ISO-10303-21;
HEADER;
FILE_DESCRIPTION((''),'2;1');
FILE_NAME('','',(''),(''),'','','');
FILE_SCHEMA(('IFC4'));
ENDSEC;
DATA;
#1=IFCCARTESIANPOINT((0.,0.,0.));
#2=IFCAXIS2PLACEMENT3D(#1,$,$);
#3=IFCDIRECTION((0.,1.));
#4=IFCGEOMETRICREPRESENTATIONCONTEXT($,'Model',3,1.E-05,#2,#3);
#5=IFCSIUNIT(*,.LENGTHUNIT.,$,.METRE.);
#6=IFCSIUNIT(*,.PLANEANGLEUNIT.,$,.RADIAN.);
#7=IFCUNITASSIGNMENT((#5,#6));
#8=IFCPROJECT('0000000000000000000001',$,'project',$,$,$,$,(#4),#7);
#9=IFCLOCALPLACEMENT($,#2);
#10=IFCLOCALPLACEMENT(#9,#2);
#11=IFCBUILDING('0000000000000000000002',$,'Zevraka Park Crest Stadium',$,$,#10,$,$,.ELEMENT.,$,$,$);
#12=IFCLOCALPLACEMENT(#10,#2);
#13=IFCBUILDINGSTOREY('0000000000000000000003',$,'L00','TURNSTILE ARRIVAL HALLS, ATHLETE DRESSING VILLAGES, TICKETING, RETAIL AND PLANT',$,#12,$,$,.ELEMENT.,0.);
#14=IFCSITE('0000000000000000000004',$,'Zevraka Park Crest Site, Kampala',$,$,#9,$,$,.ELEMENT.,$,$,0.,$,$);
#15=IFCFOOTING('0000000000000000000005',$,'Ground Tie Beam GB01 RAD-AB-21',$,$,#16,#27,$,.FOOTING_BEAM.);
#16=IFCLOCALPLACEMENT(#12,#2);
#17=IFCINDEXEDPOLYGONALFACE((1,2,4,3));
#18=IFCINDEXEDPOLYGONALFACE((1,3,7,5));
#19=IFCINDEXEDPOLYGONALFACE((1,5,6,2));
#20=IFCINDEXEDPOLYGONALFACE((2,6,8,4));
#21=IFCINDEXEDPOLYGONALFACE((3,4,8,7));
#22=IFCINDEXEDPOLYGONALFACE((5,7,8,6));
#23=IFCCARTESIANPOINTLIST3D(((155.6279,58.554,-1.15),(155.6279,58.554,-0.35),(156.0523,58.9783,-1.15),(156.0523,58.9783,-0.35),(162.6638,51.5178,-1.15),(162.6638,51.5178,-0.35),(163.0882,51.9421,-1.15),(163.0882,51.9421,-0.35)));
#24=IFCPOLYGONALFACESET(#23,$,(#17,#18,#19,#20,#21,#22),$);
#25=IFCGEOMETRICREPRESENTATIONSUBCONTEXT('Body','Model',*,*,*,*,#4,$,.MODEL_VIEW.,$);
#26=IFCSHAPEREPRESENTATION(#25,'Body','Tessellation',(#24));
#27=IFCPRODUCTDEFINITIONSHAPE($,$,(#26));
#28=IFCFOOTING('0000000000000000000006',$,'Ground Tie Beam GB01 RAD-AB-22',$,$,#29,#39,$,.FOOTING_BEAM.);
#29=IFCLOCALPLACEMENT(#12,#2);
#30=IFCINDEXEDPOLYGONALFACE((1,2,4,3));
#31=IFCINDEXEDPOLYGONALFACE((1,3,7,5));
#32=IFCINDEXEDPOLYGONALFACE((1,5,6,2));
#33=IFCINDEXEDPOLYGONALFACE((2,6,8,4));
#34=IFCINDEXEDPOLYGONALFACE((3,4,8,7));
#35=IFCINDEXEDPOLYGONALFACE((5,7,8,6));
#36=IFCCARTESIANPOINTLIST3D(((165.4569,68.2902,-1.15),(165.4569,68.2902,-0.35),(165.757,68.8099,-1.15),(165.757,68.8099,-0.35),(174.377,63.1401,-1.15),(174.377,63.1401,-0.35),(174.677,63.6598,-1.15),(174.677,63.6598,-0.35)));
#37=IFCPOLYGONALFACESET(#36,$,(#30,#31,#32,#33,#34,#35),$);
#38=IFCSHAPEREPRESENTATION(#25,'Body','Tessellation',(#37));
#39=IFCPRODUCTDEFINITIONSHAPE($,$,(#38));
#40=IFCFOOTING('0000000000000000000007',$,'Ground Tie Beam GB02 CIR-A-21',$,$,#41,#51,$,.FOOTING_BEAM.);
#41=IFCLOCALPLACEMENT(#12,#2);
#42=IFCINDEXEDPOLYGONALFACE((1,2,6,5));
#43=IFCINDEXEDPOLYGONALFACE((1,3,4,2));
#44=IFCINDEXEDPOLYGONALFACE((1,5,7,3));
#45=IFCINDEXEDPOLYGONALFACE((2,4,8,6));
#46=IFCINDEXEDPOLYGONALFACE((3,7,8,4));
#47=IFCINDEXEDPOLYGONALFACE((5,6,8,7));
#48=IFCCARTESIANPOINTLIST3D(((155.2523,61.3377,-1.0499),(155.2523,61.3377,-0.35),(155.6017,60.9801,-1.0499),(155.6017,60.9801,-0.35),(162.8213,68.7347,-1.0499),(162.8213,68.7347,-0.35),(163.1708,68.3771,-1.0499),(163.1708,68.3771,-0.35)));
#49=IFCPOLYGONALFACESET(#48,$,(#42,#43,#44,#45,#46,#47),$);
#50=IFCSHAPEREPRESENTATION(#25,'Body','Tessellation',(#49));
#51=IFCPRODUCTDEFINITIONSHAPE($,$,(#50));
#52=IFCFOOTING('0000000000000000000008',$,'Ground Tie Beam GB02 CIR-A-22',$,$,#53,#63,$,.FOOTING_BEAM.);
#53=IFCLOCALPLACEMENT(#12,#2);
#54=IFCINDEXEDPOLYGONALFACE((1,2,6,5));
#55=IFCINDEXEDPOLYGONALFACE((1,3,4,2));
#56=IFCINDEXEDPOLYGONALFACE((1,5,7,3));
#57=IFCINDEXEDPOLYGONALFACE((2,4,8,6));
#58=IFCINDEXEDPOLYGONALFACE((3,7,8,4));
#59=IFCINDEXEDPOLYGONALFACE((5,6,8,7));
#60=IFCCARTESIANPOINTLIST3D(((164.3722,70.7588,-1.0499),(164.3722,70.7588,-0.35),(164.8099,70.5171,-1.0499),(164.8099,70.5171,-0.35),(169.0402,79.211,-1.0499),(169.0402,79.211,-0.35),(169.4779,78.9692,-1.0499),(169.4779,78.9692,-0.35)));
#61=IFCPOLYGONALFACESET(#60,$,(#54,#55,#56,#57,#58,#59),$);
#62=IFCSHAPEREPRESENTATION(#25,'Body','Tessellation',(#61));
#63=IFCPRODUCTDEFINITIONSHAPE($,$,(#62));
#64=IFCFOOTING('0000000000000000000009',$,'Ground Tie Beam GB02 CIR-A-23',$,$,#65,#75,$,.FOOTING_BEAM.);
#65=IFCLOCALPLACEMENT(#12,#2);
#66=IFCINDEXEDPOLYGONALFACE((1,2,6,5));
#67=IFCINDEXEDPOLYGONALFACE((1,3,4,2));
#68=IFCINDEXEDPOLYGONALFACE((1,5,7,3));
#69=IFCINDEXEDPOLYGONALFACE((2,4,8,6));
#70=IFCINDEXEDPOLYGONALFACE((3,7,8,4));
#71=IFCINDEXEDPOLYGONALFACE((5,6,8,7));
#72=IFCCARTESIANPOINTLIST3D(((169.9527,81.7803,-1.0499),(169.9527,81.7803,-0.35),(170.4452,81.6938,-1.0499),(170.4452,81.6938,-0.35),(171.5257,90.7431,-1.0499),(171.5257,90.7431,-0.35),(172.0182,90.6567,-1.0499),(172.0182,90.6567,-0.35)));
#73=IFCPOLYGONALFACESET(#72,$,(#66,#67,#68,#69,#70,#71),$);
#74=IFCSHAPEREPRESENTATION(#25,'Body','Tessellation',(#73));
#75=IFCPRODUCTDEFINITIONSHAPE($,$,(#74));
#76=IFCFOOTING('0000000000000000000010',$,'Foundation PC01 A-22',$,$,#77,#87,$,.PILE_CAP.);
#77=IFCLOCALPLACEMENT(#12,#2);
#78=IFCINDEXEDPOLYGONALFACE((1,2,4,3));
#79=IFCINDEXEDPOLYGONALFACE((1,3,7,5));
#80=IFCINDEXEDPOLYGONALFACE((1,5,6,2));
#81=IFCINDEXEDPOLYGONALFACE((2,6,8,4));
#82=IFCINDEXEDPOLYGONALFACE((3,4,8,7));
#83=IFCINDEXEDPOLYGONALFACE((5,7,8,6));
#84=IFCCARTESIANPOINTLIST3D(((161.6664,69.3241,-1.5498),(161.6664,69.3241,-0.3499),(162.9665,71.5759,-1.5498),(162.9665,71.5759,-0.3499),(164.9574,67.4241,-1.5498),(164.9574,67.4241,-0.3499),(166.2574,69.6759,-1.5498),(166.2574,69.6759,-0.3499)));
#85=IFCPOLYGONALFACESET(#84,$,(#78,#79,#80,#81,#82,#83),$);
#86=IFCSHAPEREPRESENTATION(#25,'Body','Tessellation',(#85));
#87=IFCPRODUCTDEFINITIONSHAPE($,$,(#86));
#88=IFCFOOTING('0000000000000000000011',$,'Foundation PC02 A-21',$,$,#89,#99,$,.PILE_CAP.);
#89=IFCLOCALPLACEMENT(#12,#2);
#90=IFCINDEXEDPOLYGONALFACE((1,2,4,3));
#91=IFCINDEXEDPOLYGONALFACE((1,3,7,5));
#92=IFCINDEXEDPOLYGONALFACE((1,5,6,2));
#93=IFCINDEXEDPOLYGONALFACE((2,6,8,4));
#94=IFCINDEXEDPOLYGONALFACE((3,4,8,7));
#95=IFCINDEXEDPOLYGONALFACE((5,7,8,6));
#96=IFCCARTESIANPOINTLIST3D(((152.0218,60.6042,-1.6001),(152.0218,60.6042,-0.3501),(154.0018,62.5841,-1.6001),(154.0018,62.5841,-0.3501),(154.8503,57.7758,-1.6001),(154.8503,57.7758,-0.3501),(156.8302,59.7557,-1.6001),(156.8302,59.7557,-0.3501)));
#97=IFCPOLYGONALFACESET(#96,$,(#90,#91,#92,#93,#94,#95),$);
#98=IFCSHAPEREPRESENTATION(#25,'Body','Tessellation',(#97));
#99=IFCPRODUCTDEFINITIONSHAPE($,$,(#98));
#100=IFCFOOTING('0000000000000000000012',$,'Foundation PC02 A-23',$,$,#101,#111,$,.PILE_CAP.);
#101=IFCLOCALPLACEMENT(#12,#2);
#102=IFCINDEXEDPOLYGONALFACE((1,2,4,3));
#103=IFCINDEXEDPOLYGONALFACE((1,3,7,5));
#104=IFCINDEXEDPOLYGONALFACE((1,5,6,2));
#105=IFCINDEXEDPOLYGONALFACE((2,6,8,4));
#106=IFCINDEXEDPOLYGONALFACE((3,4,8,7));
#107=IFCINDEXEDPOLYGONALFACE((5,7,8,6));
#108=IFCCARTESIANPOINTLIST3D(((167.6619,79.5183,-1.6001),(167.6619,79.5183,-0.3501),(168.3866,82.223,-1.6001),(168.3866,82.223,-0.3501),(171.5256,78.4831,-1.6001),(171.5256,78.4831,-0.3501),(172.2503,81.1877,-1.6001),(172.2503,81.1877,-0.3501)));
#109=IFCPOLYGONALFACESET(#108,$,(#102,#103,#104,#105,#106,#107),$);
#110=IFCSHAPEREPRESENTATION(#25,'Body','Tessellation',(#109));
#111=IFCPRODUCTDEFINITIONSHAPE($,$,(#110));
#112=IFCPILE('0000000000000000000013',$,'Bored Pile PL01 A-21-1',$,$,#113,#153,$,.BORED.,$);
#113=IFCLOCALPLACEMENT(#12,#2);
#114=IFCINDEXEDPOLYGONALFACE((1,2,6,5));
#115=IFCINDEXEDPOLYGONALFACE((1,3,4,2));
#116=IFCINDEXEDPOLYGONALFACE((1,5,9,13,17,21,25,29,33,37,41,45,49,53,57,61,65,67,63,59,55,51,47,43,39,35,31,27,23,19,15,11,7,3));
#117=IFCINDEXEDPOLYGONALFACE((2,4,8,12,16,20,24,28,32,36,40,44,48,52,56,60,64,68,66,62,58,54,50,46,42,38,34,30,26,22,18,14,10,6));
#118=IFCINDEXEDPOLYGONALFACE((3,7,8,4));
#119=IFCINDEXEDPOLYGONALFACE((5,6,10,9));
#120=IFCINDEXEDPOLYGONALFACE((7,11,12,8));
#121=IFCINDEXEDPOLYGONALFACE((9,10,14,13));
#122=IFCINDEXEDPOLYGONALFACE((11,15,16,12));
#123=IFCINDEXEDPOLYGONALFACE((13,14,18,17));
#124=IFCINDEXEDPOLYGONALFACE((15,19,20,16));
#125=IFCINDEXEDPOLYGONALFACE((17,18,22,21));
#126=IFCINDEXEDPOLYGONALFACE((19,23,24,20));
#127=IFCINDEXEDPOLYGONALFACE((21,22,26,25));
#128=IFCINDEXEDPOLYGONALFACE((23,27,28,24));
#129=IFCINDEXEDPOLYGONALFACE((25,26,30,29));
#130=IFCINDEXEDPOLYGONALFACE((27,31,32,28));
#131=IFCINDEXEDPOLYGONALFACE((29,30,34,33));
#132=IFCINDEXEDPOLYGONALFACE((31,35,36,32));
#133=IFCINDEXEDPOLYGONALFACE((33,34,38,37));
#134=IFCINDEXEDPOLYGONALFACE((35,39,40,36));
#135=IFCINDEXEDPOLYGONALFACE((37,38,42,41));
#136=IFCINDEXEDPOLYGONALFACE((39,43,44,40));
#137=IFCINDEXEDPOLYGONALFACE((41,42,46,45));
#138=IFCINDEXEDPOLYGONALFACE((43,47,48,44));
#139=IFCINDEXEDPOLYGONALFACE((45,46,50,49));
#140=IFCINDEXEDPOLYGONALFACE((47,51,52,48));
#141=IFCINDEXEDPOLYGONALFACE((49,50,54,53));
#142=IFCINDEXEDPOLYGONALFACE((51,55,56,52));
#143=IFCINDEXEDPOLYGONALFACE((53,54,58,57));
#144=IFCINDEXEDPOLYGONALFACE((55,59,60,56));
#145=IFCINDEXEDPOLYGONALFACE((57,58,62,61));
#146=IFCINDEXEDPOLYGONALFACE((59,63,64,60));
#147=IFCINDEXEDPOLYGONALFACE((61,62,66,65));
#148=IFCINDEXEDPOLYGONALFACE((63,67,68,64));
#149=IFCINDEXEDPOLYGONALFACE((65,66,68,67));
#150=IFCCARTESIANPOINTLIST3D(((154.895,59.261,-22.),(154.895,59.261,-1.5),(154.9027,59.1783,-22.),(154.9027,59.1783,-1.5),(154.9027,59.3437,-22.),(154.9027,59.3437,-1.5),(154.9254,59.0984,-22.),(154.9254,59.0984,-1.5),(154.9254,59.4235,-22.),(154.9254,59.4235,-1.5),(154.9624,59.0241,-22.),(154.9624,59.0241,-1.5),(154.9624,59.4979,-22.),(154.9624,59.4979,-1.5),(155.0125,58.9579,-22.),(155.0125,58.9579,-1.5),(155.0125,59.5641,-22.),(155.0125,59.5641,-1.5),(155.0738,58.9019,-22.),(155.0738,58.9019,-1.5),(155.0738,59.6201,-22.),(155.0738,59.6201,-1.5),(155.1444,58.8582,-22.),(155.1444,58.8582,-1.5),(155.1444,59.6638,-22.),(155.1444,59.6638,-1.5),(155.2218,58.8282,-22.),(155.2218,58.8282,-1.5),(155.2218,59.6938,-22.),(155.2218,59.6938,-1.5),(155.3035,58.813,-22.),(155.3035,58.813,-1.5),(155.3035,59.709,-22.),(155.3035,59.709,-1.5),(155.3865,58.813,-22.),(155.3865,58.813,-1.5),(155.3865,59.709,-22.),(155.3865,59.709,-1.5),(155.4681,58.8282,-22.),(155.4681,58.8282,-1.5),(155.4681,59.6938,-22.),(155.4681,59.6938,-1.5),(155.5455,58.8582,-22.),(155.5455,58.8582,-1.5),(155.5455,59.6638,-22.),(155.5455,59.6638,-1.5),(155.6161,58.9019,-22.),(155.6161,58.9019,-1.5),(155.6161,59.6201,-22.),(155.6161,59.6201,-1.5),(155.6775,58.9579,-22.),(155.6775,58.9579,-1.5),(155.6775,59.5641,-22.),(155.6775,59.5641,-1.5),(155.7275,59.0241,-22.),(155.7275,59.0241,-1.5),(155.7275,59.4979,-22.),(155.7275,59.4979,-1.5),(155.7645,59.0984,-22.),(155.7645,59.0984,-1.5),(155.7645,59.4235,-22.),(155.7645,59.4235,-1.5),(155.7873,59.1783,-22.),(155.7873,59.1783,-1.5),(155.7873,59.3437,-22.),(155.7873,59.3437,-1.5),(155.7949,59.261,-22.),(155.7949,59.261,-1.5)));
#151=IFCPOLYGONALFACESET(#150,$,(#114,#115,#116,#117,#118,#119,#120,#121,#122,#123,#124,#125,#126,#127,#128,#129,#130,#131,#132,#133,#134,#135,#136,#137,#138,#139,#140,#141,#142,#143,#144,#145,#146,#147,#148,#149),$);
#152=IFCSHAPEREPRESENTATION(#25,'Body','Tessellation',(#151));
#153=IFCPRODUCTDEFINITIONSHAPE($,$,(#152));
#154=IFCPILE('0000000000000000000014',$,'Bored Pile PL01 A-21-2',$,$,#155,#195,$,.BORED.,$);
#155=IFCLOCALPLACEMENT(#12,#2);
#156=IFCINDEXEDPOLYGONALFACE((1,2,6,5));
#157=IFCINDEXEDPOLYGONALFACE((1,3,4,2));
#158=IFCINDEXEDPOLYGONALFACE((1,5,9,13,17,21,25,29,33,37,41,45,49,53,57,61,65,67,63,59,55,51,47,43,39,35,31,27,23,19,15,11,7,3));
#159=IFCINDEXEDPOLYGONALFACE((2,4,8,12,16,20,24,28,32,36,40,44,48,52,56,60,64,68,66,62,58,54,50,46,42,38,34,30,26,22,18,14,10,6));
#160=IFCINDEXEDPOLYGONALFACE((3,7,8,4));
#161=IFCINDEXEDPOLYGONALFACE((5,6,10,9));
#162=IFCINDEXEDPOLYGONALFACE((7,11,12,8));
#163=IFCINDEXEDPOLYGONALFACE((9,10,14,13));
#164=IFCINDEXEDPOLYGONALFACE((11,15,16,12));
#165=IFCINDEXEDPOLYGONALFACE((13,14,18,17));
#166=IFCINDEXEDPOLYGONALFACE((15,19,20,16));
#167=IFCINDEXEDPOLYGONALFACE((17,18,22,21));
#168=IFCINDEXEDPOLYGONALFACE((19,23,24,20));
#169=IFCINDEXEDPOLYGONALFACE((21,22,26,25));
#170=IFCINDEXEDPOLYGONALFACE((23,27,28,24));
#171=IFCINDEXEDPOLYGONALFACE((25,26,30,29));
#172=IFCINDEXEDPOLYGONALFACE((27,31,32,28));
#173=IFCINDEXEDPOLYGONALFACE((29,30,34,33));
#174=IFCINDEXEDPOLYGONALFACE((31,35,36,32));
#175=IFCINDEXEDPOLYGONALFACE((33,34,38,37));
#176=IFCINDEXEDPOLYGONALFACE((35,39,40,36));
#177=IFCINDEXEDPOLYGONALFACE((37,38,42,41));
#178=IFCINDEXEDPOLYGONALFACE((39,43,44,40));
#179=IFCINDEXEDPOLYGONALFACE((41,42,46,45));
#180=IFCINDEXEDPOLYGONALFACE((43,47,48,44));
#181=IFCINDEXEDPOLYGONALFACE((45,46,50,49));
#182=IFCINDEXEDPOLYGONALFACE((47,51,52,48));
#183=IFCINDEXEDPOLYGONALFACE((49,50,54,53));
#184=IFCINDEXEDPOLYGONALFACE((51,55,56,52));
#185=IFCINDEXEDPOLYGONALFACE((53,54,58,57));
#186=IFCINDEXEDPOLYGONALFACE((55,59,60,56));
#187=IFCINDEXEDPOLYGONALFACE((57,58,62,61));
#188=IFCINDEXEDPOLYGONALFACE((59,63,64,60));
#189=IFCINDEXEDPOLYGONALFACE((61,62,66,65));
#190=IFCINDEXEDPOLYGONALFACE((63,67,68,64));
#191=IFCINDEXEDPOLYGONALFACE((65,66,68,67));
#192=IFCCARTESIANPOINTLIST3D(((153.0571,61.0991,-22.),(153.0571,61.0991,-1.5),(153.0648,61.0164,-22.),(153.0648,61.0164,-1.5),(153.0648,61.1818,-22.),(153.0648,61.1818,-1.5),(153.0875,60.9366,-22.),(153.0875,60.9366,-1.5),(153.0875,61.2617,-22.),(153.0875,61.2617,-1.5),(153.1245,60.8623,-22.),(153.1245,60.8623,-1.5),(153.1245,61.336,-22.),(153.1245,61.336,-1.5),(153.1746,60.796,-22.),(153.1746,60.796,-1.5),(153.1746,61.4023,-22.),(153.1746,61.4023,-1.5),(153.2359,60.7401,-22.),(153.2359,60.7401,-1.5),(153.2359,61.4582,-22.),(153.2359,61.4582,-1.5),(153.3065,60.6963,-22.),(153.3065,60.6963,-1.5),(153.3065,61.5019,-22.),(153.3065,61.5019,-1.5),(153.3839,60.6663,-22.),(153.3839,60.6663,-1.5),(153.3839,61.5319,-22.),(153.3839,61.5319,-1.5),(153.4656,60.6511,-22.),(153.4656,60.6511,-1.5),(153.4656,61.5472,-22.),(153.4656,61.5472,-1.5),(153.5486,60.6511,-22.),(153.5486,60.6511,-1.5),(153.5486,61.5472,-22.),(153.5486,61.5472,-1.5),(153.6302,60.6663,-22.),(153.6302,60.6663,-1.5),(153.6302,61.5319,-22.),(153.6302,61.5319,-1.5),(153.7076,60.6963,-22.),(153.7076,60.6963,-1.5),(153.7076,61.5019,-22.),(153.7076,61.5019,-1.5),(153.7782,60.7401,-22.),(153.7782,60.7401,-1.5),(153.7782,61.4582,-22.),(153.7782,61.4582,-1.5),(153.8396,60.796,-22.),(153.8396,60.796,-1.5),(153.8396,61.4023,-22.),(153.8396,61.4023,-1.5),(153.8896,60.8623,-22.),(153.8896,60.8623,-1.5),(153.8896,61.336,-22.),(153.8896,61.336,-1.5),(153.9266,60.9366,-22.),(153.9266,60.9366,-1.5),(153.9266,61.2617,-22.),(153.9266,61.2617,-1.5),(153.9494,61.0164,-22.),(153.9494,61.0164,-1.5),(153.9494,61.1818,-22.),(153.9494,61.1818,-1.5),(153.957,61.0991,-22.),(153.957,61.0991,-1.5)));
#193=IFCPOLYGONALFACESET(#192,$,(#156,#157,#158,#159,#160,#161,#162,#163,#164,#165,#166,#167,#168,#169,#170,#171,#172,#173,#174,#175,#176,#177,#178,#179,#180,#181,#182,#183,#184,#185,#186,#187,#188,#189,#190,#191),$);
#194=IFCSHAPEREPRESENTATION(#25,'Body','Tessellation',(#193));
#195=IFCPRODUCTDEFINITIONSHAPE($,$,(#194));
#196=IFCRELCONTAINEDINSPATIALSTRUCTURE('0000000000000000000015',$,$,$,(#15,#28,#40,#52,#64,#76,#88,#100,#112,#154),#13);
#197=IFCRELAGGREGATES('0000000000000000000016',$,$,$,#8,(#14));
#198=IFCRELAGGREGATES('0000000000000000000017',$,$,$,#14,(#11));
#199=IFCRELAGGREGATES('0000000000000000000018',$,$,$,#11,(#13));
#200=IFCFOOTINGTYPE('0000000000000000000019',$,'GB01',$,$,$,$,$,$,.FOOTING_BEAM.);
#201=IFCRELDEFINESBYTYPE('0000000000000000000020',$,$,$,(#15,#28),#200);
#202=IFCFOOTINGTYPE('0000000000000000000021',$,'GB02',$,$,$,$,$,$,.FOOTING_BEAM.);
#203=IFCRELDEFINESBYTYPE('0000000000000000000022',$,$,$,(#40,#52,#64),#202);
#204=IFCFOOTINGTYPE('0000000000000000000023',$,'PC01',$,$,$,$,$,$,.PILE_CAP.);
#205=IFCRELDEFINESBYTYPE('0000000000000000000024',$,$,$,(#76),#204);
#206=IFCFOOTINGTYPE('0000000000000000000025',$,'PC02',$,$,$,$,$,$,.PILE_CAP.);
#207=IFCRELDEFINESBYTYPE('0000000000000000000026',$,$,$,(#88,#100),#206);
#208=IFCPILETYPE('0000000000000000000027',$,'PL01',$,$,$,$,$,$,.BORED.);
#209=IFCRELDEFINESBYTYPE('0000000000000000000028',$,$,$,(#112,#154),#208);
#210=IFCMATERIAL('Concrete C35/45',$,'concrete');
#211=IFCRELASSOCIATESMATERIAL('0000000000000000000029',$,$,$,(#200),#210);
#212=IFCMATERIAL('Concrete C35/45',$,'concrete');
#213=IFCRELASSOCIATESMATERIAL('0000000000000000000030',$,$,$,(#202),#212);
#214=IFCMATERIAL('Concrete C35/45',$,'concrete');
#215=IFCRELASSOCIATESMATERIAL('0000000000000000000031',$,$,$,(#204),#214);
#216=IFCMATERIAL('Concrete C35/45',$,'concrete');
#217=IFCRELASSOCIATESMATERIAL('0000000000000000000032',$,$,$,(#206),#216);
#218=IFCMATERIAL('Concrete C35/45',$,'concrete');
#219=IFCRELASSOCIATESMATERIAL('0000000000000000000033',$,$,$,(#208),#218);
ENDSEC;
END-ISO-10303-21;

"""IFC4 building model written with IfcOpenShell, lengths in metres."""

from ifc_helpers import new_model, si_unit, direction, frame, origin, origin_2d, place, context, subcontext, project, spatial, rectangle, circle, extrude, material, material_profile, profile_set, type_object, element, save


model = new_model("IFC4")

# Units and contexts
model_context = context("Model", 3, precision=1e-05, world=origin(), true_north=direction((0.0, 1.0)))
body_context = subcontext(model_context, "Body", "Model", "MODEL_VIEW")
ifc_project = project(units=[si_unit("LENGTHUNIT", "METRE"), si_unit("PLANEANGLEUNIT", "RADIAN")], contexts=[model_context])

# Site, building, storey
site_placement = place(None, origin())
site = spatial("IfcSite", under=ifc_project, at=site_placement, Name="Zevraka Park Crest Site, Kampala", CompositionType="ELEMENT", RefElevation=0.0)
building_placement = place(site_placement, origin())
building = spatial("IfcBuilding", under=site, at=building_placement, Name="Zevraka Park Crest Stadium", CompositionType="ELEMENT")
storey_placement = place(building_placement, origin())
storey = spatial("IfcBuildingStorey", under=building, at=storey_placement, Name="L00", Description="TURNSTILE ARRIVAL HALLS, ATHLETE DRESSING VILLAGES, TICKETING, RETAIL AND PLANT", CompositionType="ELEMENT", Elevation=0.0)

# Footings
ifc_material_1 = material(Name="Concrete C35/45", Category="concrete")
ifc_material_profile_1 = material_profile(ifc_material_1, rectangle(XDim=0.6001, YDim=0.8, at=origin_2d()), Name="GB 800x600")
ifc_profile_set_1 = profile_set([ifc_material_profile_1], Name="Concrete C35/45")
footing_type_1 = type_object("IfcFootingType", Name="GB01", PredefinedType="FOOTING_BEAM", material=ifc_profile_set_1)
footing_1_placement = place(storey_placement, frame((155.8401, 58.7661, -0.75), z_axis=(0.707095, -0.707119, 0.0), x_axis=(0.707119, 0.707095, 0.0)))
element("IfcFooting", 1, at=footing_1_placement, inside=storey, type_object=footing_type_1, Name="Ground Tie Beam GB01 RAD-AB-21", PredefinedType="FOOTING_BEAM", context=body_context, shape_type="SweptSolid", body=[
    extrude(rectangle(XDim=0.6001, YDim=0.8, at=origin_2d()), origin(), (0.0, 0.0, 1.0), 9.9504),
])
footing_2_placement = place(storey_placement, frame((165.6069, 68.55, -0.75), z_axis=(0.866022, -0.500006, 0.0), x_axis=(0.500006, 0.866022, 0.0)))
element("IfcFooting", 2, at=footing_2_placement, inside=storey, type_object=footing_type_1, Name="Ground Tie Beam GB01 RAD-AB-22", PredefinedType="FOOTING_BEAM", context=body_context, shape_type="SweptSolid", body=[
    extrude(rectangle(XDim=0.6001, YDim=0.8, at=origin_2d()), origin(), (0.0, 0.0, 1.0), 10.3),
])
ifc_material_2 = material(Name="Concrete C35/45", Category="concrete")
ifc_material_profile_2 = material_profile(ifc_material_2, rectangle(XDim=0.5, YDim=0.7, at=origin_2d()), Name="GB 700x500")
ifc_profile_set_2 = profile_set([ifc_material_profile_2], Name="Concrete C35/45")
footing_type_2 = type_object("IfcFootingType", Name="GB02", PredefinedType="FOOTING_BEAM", material=ifc_profile_set_2)
footing_3_placement = place(storey_placement, frame((155.427, 61.1589, -0.7), z_axis=(0.715192, 0.698928, 0.0), x_axis=(-0.698928, 0.715192, 0.0)))
element("IfcFooting", 3, at=footing_3_placement, inside=storey, type_object=footing_type_2, Name="Ground Tie Beam GB02 CIR-A-21", PredefinedType="FOOTING_BEAM", context=body_context, shape_type="SweptSolid", body=[
    extrude(rectangle(XDim=0.5, YDim=0.7, at=origin_2d()), origin(), (0.0, 0.0, 1.0), 10.5833),
])
footing_4_placement = place(storey_placement, frame((164.5911, 70.6379, -0.7), z_axis=(0.483452, 0.875371, 0.0), x_axis=(-0.875371, 0.483452, 0.0)))
element("IfcFooting", 4, at=footing_4_placement, inside=storey, type_object=footing_type_2, Name="Ground Tie Beam GB02 CIR-A-22", PredefinedType="FOOTING_BEAM", context=body_context, shape_type="SweptSolid", body=[
    extrude(rectangle(XDim=0.5, YDim=0.7, at=origin_2d()), origin(), (0.0, 0.0, 1.0), 9.6555),
])
footing_5_placement = place(storey_placement, frame((170.199, 81.7371, -0.7), z_axis=(0.172859, 0.984947, 0.0), x_axis=(-0.984947, 0.172859, 0.0)))
element("IfcFooting", 5, at=footing_5_placement, inside=storey, type_object=footing_type_2, Name="Ground Tie Beam GB02 CIR-A-23", PredefinedType="FOOTING_BEAM", context=body_context, shape_type="SweptSolid", body=[
    extrude(rectangle(XDim=0.5, YDim=0.7, at=origin_2d()), origin(), (0.0, 0.0, 1.0), 9.0999),
])
ifc_material_3 = material(Name="Concrete C35/45", Category="concrete")
footing_type_3 = type_object("IfcFootingType", Name="PC01", PredefinedType="PILE_CAP", material=ifc_material_3)
footing_6_placement = place(storey_placement, frame((163.9619, 69.5, -1.5498), z_axis=(0.0, 0.0, 1.0), x_axis=(-0.866025, 0.5, 0.0)))
element("IfcFooting", 6, at=footing_6_placement, inside=storey, type_object=footing_type_3, Name="Foundation PC01 A-22", PredefinedType="PILE_CAP", context=body_context, shape_type="SweptSolid", body=[
    extrude(rectangle(XDim=3.8, YDim=2.6001, at=origin_2d()), origin(), (0.0, 0.0, 1.0), 1.2),
])
ifc_material_4 = material(Name="Concrete C35/45", Category="concrete")
footing_type_4 = type_object("IfcFootingType", Name="PC02", PredefinedType="PILE_CAP", material=ifc_material_4)
for number, where, z_axis, x_axis, name in (
    (7, (154.426, 60.1799, -1.6001), (0.0, 0.0, 1.0), (-0.707107, 0.707107, 0.0), "Foundation PC02 A-21"),
    (8, (169.9561, 80.353, -1.6001), (0.0, 0.0, 1.0), (-0.965926, 0.258819, 0.0), "Foundation PC02 A-23"),
):
    element("IfcFooting", number, at=place(storey_placement, frame(where, z_axis=z_axis, x_axis=x_axis)), inside=storey, type_object=footing_type_4, Name=name, PredefinedType="PILE_CAP", context=body_context, shape_type="SweptSolid", body=[
        extrude(rectangle(XDim=4.0, YDim=2.8, at=origin_2d()), origin(), (0.0, 0.0, 1.0), 1.25),
    ])

# Piles
ifc_material_5 = material(Name="Concrete C35/45", Category="concrete")
ifc_material_profile_3 = material_profile(ifc_material_5, circle(Radius=0.45, at=origin_2d()), Name="PILE D900")
ifc_profile_set_3 = profile_set([ifc_material_profile_3], Name="Concrete C35/45")
pile_type = type_object("IfcPileType", Name="PL01", PredefinedType="BORED", material=ifc_profile_set_3)
for number, where, z_axis, x_axis, name in (
    (9, (155.345, 59.261, -1.5), (0.0, 0.0, -1.0), (1.0, 0.0, 0.0), "Bored Pile PL01 A-21-1"),
    (10, (153.5071, 61.0991, -1.5), (0.0, 0.0, -1.0), (1.0, 0.0, 0.0), "Bored Pile PL01 A-21-2"),
):
    element("IfcPile", number, at=place(storey_placement, frame(where, z_axis=z_axis, x_axis=x_axis)), inside=storey, type_object=pile_type, Name=name, PredefinedType="BORED", context=body_context, shape_type="SweptSolid", body=[
        extrude(circle(Radius=0.45, at=origin_2d()), origin(), (0.0, 0.0, 1.0), 20.5),
    ])

save(model, "model.ifc")
